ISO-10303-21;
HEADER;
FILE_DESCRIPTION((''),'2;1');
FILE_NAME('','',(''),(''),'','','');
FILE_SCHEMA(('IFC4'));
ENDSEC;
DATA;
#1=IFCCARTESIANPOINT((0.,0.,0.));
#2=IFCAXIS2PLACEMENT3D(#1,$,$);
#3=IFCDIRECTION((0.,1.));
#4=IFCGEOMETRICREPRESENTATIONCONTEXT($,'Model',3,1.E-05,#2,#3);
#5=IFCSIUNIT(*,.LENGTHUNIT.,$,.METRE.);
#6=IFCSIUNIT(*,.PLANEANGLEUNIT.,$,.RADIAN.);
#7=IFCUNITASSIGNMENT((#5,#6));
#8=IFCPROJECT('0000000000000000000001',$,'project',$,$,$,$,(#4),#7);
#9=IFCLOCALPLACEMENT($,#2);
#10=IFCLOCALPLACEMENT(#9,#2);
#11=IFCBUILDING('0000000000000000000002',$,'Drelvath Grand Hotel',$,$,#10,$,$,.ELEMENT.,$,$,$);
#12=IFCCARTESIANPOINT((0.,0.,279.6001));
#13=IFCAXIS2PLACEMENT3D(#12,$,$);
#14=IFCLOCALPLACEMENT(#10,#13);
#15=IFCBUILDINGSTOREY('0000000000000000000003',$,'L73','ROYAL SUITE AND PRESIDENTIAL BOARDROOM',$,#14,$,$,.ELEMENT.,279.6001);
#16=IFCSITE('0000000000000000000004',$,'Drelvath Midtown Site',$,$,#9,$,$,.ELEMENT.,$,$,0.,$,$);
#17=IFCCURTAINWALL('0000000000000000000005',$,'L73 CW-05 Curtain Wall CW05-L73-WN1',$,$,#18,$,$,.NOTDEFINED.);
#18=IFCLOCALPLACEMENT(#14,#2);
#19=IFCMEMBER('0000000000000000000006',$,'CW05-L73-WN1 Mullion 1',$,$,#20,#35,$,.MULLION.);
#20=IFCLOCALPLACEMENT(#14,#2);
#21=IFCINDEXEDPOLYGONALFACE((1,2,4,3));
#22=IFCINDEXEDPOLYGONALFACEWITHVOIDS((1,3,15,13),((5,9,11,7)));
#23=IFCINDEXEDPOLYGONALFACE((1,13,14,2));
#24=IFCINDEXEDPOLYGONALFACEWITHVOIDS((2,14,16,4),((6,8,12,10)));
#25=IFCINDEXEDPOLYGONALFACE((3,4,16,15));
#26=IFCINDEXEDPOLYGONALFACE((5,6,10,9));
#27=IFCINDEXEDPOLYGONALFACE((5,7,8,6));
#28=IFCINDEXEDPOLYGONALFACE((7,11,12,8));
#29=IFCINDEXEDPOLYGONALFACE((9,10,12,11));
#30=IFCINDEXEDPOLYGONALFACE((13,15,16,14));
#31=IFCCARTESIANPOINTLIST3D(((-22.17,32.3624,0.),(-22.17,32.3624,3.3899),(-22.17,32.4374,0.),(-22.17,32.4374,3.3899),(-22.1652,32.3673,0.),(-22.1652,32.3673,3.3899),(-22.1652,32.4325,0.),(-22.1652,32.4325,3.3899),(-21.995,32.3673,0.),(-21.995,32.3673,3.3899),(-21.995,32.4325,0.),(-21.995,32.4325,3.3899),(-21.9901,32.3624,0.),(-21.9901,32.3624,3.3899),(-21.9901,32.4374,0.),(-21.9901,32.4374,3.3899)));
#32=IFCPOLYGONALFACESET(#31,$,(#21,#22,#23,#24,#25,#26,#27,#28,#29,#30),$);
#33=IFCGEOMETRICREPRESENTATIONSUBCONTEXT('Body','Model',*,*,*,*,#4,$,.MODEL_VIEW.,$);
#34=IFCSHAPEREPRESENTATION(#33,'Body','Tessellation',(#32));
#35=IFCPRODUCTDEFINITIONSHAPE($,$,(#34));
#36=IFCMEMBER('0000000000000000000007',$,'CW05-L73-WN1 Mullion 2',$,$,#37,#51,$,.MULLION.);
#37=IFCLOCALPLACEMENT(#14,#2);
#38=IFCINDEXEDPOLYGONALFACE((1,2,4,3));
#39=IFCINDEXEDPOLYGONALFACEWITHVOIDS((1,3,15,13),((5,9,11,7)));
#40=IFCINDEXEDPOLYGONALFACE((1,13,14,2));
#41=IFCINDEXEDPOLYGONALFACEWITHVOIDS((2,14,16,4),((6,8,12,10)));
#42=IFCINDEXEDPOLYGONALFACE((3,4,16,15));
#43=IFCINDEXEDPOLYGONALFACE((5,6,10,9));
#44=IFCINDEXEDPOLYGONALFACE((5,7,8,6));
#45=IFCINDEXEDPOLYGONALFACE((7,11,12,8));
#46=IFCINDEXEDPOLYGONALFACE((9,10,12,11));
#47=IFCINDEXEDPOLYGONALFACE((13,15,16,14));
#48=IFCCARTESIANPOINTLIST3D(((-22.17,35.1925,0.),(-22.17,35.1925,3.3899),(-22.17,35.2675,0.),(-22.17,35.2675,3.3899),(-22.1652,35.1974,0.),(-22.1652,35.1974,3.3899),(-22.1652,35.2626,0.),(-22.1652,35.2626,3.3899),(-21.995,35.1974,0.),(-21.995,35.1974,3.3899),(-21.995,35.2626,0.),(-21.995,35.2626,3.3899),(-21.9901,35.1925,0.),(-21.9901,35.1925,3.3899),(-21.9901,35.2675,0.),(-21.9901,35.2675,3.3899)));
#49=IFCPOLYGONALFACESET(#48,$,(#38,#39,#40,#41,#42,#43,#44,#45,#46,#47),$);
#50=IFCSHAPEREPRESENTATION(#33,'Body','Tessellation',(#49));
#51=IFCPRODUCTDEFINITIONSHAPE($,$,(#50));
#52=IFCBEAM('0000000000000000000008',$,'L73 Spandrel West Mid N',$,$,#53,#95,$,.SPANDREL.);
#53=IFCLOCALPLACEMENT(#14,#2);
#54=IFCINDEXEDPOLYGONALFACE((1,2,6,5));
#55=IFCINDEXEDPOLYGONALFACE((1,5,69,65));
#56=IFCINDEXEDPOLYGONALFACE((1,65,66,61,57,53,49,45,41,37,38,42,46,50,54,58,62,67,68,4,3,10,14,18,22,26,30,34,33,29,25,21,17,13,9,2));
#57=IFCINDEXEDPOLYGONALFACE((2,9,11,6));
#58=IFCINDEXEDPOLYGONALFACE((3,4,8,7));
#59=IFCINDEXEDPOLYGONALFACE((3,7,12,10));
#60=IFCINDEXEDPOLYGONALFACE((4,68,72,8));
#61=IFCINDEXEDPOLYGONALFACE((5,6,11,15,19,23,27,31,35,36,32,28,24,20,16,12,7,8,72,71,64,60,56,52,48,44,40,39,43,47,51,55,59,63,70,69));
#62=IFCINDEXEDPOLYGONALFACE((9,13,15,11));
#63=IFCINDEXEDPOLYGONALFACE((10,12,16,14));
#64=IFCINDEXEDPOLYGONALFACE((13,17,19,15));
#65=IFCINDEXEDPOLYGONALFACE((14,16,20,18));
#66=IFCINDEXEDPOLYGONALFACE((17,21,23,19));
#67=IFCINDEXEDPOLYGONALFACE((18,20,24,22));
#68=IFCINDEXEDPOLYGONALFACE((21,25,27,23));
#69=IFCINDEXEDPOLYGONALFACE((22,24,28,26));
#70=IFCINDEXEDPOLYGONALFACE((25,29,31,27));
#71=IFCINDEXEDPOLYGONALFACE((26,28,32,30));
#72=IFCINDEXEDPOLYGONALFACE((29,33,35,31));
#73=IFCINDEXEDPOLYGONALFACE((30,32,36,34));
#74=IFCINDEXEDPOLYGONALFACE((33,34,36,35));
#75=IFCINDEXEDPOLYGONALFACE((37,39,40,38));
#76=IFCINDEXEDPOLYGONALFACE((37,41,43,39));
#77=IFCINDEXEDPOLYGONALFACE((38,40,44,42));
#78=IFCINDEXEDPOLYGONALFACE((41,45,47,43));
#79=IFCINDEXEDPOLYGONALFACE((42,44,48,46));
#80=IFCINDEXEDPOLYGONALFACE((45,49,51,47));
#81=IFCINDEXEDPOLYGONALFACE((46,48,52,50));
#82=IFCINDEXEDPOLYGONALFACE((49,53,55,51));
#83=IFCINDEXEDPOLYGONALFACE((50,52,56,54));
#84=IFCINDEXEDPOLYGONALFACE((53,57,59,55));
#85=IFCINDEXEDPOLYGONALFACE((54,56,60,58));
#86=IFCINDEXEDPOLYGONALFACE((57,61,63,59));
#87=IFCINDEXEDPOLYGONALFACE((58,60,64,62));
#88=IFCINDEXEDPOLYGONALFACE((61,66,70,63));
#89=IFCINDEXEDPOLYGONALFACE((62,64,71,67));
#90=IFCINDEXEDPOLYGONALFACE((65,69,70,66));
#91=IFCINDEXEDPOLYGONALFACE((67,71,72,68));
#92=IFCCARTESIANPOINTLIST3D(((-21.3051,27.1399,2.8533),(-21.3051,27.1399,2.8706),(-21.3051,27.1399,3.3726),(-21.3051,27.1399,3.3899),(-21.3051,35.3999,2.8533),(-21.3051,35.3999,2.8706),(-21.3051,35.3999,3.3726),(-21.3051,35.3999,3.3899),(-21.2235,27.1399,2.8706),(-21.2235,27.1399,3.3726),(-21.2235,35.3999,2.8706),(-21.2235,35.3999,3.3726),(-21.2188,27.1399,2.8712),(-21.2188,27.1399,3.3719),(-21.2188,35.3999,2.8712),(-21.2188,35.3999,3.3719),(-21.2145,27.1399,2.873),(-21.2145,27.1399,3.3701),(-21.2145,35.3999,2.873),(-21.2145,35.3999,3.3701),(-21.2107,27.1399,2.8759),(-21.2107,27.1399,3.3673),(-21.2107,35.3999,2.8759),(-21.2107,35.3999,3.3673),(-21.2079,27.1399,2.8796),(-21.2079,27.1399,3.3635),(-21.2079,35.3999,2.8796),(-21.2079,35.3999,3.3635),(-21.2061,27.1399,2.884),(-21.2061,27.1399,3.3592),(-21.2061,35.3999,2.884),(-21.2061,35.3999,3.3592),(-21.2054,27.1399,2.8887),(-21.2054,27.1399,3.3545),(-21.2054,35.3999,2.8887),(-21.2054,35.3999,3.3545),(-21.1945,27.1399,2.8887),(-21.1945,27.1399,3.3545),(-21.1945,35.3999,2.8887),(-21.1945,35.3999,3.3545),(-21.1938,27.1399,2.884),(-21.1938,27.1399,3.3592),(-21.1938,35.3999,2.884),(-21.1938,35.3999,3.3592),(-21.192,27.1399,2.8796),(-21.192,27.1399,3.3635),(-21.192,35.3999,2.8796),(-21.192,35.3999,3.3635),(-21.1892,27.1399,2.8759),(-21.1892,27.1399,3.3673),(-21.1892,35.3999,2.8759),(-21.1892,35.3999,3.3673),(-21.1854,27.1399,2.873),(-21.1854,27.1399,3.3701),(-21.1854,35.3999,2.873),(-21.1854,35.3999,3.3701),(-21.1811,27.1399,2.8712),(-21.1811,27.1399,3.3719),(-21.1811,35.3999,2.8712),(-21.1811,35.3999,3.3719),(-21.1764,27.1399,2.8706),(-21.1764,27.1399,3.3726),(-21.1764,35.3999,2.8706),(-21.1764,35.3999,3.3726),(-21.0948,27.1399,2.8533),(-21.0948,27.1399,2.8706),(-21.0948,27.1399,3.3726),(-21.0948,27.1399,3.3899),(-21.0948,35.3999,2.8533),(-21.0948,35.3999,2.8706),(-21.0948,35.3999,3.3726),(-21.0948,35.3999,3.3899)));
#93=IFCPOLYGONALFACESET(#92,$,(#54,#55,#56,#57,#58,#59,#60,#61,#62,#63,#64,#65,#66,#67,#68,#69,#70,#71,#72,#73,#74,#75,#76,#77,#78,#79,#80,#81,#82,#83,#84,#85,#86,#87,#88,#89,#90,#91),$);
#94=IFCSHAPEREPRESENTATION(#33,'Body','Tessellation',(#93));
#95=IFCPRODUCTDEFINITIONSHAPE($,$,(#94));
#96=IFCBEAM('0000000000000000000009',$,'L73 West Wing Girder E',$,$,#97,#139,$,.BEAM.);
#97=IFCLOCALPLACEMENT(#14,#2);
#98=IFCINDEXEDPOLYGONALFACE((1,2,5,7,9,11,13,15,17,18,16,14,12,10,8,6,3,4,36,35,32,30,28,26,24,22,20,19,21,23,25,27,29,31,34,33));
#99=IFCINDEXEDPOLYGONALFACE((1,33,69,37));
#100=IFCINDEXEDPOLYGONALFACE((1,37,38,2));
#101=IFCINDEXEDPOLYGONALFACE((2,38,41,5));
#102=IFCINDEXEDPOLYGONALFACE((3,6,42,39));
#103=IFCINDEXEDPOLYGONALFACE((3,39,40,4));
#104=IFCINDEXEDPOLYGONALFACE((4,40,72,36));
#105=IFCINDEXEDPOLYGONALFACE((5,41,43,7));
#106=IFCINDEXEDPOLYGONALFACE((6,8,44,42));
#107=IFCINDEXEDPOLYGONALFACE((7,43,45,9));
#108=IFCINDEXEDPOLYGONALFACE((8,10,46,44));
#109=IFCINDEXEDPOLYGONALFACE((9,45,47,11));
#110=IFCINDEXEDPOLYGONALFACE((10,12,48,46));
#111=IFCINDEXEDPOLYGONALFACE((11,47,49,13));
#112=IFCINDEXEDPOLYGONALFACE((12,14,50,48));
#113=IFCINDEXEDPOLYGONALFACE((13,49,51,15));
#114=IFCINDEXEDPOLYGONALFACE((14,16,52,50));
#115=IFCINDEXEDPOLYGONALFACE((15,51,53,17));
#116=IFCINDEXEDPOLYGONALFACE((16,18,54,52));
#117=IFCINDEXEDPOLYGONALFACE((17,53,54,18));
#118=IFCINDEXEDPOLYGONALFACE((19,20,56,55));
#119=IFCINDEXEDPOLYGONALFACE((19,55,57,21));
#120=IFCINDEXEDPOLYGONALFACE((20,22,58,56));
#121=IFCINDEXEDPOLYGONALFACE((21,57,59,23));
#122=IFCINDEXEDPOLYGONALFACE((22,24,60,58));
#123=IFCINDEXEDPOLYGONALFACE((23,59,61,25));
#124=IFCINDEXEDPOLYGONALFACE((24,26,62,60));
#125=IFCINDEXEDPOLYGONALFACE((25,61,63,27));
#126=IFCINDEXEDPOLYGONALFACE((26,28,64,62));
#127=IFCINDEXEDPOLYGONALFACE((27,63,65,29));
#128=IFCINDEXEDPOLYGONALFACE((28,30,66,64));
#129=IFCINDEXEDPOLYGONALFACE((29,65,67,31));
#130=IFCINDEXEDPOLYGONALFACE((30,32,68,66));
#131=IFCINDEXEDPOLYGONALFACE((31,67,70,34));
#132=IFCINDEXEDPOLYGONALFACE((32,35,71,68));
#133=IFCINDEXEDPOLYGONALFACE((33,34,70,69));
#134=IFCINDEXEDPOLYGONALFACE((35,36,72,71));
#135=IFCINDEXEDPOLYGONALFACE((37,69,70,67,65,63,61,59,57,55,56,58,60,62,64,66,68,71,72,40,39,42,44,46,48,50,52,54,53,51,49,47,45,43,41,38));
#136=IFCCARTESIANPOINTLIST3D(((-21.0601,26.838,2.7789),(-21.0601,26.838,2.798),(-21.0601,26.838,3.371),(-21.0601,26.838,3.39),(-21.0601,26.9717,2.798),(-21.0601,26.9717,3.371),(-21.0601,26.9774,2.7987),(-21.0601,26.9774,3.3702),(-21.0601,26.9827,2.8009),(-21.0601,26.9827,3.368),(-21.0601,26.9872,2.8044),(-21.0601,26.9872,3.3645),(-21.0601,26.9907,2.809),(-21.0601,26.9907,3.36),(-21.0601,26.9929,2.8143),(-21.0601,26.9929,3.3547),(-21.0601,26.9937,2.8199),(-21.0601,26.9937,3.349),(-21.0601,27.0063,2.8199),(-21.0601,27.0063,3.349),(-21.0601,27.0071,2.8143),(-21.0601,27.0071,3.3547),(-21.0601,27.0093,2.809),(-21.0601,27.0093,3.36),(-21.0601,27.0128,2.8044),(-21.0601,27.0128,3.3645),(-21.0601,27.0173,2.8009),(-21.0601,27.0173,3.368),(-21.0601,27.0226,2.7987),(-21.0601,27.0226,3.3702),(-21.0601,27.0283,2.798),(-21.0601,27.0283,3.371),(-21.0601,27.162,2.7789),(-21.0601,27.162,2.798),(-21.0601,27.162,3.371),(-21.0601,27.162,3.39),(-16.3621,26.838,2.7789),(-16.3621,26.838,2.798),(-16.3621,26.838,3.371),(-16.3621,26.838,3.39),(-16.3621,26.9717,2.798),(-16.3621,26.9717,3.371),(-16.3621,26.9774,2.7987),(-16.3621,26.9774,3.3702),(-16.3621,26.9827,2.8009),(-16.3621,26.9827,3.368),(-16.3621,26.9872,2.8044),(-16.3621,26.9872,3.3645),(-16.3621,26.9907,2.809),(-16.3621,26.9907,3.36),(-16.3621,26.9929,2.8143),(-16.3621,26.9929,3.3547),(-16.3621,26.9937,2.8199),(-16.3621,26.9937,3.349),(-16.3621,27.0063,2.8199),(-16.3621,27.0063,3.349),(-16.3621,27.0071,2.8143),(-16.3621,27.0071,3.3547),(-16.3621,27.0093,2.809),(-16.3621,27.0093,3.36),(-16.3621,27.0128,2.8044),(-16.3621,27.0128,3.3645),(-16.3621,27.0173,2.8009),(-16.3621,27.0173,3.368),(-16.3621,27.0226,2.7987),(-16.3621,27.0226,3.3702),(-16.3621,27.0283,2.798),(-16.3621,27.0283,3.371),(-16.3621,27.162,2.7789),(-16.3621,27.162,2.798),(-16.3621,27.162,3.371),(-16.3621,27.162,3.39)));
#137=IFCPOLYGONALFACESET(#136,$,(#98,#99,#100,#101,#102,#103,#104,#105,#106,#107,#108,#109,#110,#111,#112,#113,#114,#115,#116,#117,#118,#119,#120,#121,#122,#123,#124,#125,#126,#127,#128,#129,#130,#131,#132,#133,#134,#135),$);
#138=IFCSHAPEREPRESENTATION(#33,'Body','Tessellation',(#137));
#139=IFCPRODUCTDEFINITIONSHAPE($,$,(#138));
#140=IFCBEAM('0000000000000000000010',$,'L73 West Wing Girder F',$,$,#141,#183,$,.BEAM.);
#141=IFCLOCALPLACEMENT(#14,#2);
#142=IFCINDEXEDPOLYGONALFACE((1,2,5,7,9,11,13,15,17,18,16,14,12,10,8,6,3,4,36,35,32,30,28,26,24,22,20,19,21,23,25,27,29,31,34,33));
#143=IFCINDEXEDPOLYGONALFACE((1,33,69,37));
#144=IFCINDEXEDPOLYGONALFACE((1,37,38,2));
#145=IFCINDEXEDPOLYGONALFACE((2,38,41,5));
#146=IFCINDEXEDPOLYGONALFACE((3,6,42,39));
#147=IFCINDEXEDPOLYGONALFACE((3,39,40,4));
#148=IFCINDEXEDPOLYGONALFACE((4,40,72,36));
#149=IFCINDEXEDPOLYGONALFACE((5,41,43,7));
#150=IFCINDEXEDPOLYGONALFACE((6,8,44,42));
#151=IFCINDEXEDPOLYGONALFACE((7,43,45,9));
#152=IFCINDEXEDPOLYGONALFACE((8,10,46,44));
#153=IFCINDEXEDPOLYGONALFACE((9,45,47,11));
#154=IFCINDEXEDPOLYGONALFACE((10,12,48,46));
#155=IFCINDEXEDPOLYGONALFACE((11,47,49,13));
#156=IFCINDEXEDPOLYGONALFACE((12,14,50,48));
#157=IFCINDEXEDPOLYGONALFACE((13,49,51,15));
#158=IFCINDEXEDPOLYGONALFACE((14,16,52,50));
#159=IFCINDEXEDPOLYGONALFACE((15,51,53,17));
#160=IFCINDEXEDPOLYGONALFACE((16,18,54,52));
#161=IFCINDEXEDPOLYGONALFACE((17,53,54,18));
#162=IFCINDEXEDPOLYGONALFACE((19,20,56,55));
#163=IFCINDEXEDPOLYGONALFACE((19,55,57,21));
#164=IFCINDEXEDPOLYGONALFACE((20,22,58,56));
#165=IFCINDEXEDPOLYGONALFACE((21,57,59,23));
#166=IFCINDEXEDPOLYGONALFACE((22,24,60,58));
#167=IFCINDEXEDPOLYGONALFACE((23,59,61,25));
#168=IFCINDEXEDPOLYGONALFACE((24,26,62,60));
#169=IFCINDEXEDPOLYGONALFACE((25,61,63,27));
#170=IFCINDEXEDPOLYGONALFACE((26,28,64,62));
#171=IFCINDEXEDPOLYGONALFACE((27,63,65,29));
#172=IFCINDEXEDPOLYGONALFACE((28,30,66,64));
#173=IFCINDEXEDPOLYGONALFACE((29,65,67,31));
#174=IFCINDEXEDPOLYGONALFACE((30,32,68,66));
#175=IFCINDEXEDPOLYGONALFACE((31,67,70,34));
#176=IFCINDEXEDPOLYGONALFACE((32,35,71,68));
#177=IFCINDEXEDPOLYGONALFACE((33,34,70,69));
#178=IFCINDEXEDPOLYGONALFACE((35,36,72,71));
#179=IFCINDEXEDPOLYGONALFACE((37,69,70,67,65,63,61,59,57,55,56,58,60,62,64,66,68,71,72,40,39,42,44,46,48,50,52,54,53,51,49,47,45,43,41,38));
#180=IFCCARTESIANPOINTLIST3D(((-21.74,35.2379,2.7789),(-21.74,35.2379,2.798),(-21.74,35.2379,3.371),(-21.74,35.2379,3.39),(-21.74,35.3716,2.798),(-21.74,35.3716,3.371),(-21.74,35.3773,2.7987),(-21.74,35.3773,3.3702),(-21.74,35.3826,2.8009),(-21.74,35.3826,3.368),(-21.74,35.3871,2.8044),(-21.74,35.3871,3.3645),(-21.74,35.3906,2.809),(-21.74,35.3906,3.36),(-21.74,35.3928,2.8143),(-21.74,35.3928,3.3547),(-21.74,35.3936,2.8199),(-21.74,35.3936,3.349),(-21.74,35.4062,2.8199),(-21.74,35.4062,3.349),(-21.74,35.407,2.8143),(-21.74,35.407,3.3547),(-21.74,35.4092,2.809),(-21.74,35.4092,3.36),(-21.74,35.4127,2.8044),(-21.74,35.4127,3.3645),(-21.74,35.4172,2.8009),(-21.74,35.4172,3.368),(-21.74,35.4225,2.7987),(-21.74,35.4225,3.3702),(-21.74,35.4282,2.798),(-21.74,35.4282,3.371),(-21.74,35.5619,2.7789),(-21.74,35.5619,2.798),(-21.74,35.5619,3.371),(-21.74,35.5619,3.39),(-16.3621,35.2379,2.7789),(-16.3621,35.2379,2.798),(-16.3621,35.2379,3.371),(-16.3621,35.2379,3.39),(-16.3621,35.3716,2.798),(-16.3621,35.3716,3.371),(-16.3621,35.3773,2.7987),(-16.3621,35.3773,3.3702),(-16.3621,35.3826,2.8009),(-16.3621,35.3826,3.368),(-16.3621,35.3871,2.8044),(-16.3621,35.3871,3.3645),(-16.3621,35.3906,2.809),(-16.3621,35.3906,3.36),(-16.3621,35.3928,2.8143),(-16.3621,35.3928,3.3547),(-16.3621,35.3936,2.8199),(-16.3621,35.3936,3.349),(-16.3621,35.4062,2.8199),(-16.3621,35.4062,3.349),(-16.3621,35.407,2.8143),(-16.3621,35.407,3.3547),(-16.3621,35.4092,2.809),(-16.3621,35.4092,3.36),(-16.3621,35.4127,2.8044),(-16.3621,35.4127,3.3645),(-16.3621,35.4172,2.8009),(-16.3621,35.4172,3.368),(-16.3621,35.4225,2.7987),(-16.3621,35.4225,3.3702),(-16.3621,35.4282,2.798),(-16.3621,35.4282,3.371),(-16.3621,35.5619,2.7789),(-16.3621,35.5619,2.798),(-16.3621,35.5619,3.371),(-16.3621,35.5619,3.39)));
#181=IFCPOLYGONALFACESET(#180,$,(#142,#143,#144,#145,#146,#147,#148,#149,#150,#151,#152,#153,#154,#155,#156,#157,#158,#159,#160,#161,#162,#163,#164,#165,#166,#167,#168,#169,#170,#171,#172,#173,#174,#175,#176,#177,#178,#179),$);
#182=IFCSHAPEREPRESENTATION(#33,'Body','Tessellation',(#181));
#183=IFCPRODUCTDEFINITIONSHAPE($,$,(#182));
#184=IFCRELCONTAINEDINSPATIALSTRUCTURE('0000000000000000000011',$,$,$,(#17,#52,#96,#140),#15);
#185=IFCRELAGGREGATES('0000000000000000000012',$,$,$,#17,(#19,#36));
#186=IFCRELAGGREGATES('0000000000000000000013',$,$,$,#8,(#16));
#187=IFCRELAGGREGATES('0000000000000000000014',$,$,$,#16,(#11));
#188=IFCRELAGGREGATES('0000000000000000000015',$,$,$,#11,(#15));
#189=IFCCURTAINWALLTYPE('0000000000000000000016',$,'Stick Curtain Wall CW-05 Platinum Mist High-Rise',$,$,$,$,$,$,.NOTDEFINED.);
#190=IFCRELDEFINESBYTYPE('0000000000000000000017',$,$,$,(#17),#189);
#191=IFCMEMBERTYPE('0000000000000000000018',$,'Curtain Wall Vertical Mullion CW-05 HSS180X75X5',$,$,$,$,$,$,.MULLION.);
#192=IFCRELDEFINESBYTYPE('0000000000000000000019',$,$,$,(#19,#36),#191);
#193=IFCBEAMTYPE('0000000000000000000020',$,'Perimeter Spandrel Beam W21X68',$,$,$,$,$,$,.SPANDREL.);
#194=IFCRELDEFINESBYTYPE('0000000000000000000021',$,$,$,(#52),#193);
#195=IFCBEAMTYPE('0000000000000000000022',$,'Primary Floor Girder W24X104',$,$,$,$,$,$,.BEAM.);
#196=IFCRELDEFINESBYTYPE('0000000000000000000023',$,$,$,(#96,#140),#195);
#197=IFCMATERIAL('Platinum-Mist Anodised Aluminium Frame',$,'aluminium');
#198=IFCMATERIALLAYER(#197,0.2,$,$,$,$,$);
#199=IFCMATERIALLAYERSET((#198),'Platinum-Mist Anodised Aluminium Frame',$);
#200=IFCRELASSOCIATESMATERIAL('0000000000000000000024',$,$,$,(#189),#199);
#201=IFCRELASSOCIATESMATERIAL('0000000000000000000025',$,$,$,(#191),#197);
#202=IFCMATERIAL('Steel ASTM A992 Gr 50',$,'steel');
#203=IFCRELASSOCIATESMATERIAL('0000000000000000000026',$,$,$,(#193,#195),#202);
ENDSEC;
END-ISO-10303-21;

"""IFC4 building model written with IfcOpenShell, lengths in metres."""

from ifc_helpers import new_model, si_unit, direction, frame, origin, origin_2d, place, context, subcontext, project, spatial, hollow_rectangle, i_section, extrude, material, layer, layer_set, material_profile, profile_set, type_object, element, aggregate, save


model = new_model("IFC4")

# Units and contexts
model_context = context("Model", 3, precision=1e-05, world=origin(), true_north=direction((0.0, 1.0)))
body_context = subcontext(model_context, "Body", "Model", "MODEL_VIEW")
ifc_project = project(units=[si_unit("LENGTHUNIT", "METRE"), si_unit("PLANEANGLEUNIT", "RADIAN")], contexts=[model_context])

# Site, building, storey
site_placement = place(None, origin())
site = spatial("IfcSite", under=ifc_project, at=site_placement, Name="Drelvath Midtown Site", CompositionType="ELEMENT", RefElevation=0.0)
building_placement = place(site_placement, origin())
building = spatial("IfcBuilding", under=site, at=building_placement, Name="Drelvath Grand Hotel", CompositionType="ELEMENT")
storey_placement = place(building_placement, frame((0.0, 0.0, 279.6001)))
storey = spatial("IfcBuildingStorey", under=building, at=storey_placement, Name="L73", Description="ROYAL SUITE AND PRESIDENTIAL BOARDROOM", CompositionType="ELEMENT", Elevation=279.6001)

# Curtain wall
ifc_material_1 = material(Name="Platinum-Mist Anodised Aluminium Frame", Category="aluminium")
ifc_layer_1 = layer(ifc_material_1, 0.2)
ifc_layer_set_1 = layer_set([ifc_layer_1], Name="Platinum-Mist Anodised Aluminium Frame")
curtain_wall_type = type_object("IfcCurtainWallType", Name="Stick Curtain Wall CW-05 Platinum Mist High-Rise", PredefinedType="NOTDEFINED", material=ifc_layer_set_1)
curtain_wall_1_placement = place(storey_placement, origin())
curtain_wall_1 = element("IfcCurtainWall", 1, at=curtain_wall_1_placement, inside=storey, type_object=curtain_wall_type, Name="L73 CW-05 Curtain Wall CW05-L73-WN1", PredefinedType="NOTDEFINED")

# Members
ifc_material_profile_1 = material_profile(ifc_material_1, hollow_rectangle(XDim=0.075, YDim=0.1799, WallThickness=0.0049, at=origin_2d()), Name="HSS180X75X5")
ifc_profile_set_1 = profile_set([ifc_material_profile_1], Name="Platinum-Mist Anodised Aluminium Frame")
member_type_1 = type_object("IfcMemberType", Name="Curtain Wall Vertical Mullion CW-05 HSS180X75X5", PredefinedType="MULLION", material=ifc_profile_set_1)
member_1_placement = place(storey_placement, frame((-22.0801, 32.3999, 0.0), z_axis=(0.0, 0.0, 1.0), x_axis=(0.0, 1.0, 0.0)))
member_1 = element("IfcMember", 2, at=member_1_placement, type_object=member_type_1, Name="CW05-L73-WN1 Mullion 1", PredefinedType="MULLION", context=body_context, shape_type="SweptSolid", body=[
    extrude(hollow_rectangle(XDim=0.075, YDim=0.1799, WallThickness=0.0049, at=origin_2d()), origin(), (0.0, 0.0, 1.0), 3.3899),
])
member_2_placement = place(storey_placement, frame((-22.0801, 35.23, 0.0), z_axis=(0.0, 0.0, 1.0), x_axis=(0.0, 1.0, 0.0)))
member_2 = element("IfcMember", 3, at=member_2_placement, type_object=member_type_1, Name="CW05-L73-WN1 Mullion 2", PredefinedType="MULLION", context=body_context, shape_type="SweptSolid", body=[
    extrude(hollow_rectangle(XDim=0.075, YDim=0.1799, WallThickness=0.0049, at=origin_2d()), origin(), (0.0, 0.0, 1.0), 3.3899),
])

# Beams
ifc_material_2 = material(Name="Steel ASTM A992 Gr 50", Category="steel")
ifc_material_profile_2 = material_profile(ifc_material_2, i_section(OverallWidth=0.2102, OverallDepth=0.5366, WebThickness=0.011, FlangeThickness=0.0173, FilletRadius=0.0181, at=origin_2d()), Name="W21X68")
ifc_profile_set_2 = profile_set([ifc_material_profile_2], Name="Steel ASTM A992 Gr 50")
beam_type_1 = type_object("IfcBeamType", Name="Perimeter Spandrel Beam W21X68", PredefinedType="SPANDREL", material=ifc_profile_set_2)
beam_1_placement = place(storey_placement, frame((-21.2, 27.1399, 3.1216), z_axis=(0.0, 1.0, 0.0), x_axis=(-1.0, 0.0, 0.0)))
element("IfcBeam", 4, at=beam_1_placement, inside=storey, type_object=beam_type_1, Name="L73 Spandrel West Mid N", PredefinedType="SPANDREL", context=body_context, shape_type="SweptSolid", body=[
    extrude(i_section(OverallWidth=0.2102, OverallDepth=0.5366, WebThickness=0.011, FlangeThickness=0.0173, FilletRadius=0.0181, at=origin_2d()), origin(), (0.0, 0.0, 1.0), 8.26),
])
ifc_material_profile_3 = material_profile(ifc_material_2, i_section(OverallWidth=0.324, OverallDepth=0.6111, WebThickness=0.0127, FlangeThickness=0.019, FilletRadius=0.022, at=origin_2d()), Name="W24X104")
ifc_profile_set_3 = profile_set([ifc_material_profile_3], Name="Steel ASTM A992 Gr 50")
beam_type_2 = type_object("IfcBeamType", Name="Primary Floor Girder W24X104", PredefinedType="BEAM", material=ifc_profile_set_3)
beam_2_placement = place(storey_placement, frame((-21.0601, 27.0, 3.0845), z_axis=(1.0, 0.0, 0.0), x_axis=(0.0, 1.0, 0.0)))
element("IfcBeam", 5, at=beam_2_placement, inside=storey, type_object=beam_type_2, Name="L73 West Wing Girder E", PredefinedType="BEAM", context=body_context, shape_type="SweptSolid", body=[
    extrude(i_section(OverallWidth=0.324, OverallDepth=0.6111, WebThickness=0.0127, FlangeThickness=0.019, FilletRadius=0.022, at=origin_2d()), origin(), (0.0, 0.0, 1.0), 4.698),
])
beam_3_placement = place(storey_placement, frame((-21.74, 35.3999, 3.0845), z_axis=(1.0, 0.0, 0.0), x_axis=(0.0, 1.0, 0.0)))
element("IfcBeam", 6, at=beam_3_placement, inside=storey, type_object=beam_type_2, Name="L73 West Wing Girder F", PredefinedType="BEAM", context=body_context, shape_type="SweptSolid", body=[
    extrude(i_section(OverallWidth=0.324, OverallDepth=0.6111, WebThickness=0.0127, FlangeThickness=0.019, FilletRadius=0.022, at=origin_2d()), origin(), (0.0, 0.0, 1.0), 5.3779),
])

aggregate(curtain_wall_1, [member_1, member_2])

save(model, "model.ifc")
